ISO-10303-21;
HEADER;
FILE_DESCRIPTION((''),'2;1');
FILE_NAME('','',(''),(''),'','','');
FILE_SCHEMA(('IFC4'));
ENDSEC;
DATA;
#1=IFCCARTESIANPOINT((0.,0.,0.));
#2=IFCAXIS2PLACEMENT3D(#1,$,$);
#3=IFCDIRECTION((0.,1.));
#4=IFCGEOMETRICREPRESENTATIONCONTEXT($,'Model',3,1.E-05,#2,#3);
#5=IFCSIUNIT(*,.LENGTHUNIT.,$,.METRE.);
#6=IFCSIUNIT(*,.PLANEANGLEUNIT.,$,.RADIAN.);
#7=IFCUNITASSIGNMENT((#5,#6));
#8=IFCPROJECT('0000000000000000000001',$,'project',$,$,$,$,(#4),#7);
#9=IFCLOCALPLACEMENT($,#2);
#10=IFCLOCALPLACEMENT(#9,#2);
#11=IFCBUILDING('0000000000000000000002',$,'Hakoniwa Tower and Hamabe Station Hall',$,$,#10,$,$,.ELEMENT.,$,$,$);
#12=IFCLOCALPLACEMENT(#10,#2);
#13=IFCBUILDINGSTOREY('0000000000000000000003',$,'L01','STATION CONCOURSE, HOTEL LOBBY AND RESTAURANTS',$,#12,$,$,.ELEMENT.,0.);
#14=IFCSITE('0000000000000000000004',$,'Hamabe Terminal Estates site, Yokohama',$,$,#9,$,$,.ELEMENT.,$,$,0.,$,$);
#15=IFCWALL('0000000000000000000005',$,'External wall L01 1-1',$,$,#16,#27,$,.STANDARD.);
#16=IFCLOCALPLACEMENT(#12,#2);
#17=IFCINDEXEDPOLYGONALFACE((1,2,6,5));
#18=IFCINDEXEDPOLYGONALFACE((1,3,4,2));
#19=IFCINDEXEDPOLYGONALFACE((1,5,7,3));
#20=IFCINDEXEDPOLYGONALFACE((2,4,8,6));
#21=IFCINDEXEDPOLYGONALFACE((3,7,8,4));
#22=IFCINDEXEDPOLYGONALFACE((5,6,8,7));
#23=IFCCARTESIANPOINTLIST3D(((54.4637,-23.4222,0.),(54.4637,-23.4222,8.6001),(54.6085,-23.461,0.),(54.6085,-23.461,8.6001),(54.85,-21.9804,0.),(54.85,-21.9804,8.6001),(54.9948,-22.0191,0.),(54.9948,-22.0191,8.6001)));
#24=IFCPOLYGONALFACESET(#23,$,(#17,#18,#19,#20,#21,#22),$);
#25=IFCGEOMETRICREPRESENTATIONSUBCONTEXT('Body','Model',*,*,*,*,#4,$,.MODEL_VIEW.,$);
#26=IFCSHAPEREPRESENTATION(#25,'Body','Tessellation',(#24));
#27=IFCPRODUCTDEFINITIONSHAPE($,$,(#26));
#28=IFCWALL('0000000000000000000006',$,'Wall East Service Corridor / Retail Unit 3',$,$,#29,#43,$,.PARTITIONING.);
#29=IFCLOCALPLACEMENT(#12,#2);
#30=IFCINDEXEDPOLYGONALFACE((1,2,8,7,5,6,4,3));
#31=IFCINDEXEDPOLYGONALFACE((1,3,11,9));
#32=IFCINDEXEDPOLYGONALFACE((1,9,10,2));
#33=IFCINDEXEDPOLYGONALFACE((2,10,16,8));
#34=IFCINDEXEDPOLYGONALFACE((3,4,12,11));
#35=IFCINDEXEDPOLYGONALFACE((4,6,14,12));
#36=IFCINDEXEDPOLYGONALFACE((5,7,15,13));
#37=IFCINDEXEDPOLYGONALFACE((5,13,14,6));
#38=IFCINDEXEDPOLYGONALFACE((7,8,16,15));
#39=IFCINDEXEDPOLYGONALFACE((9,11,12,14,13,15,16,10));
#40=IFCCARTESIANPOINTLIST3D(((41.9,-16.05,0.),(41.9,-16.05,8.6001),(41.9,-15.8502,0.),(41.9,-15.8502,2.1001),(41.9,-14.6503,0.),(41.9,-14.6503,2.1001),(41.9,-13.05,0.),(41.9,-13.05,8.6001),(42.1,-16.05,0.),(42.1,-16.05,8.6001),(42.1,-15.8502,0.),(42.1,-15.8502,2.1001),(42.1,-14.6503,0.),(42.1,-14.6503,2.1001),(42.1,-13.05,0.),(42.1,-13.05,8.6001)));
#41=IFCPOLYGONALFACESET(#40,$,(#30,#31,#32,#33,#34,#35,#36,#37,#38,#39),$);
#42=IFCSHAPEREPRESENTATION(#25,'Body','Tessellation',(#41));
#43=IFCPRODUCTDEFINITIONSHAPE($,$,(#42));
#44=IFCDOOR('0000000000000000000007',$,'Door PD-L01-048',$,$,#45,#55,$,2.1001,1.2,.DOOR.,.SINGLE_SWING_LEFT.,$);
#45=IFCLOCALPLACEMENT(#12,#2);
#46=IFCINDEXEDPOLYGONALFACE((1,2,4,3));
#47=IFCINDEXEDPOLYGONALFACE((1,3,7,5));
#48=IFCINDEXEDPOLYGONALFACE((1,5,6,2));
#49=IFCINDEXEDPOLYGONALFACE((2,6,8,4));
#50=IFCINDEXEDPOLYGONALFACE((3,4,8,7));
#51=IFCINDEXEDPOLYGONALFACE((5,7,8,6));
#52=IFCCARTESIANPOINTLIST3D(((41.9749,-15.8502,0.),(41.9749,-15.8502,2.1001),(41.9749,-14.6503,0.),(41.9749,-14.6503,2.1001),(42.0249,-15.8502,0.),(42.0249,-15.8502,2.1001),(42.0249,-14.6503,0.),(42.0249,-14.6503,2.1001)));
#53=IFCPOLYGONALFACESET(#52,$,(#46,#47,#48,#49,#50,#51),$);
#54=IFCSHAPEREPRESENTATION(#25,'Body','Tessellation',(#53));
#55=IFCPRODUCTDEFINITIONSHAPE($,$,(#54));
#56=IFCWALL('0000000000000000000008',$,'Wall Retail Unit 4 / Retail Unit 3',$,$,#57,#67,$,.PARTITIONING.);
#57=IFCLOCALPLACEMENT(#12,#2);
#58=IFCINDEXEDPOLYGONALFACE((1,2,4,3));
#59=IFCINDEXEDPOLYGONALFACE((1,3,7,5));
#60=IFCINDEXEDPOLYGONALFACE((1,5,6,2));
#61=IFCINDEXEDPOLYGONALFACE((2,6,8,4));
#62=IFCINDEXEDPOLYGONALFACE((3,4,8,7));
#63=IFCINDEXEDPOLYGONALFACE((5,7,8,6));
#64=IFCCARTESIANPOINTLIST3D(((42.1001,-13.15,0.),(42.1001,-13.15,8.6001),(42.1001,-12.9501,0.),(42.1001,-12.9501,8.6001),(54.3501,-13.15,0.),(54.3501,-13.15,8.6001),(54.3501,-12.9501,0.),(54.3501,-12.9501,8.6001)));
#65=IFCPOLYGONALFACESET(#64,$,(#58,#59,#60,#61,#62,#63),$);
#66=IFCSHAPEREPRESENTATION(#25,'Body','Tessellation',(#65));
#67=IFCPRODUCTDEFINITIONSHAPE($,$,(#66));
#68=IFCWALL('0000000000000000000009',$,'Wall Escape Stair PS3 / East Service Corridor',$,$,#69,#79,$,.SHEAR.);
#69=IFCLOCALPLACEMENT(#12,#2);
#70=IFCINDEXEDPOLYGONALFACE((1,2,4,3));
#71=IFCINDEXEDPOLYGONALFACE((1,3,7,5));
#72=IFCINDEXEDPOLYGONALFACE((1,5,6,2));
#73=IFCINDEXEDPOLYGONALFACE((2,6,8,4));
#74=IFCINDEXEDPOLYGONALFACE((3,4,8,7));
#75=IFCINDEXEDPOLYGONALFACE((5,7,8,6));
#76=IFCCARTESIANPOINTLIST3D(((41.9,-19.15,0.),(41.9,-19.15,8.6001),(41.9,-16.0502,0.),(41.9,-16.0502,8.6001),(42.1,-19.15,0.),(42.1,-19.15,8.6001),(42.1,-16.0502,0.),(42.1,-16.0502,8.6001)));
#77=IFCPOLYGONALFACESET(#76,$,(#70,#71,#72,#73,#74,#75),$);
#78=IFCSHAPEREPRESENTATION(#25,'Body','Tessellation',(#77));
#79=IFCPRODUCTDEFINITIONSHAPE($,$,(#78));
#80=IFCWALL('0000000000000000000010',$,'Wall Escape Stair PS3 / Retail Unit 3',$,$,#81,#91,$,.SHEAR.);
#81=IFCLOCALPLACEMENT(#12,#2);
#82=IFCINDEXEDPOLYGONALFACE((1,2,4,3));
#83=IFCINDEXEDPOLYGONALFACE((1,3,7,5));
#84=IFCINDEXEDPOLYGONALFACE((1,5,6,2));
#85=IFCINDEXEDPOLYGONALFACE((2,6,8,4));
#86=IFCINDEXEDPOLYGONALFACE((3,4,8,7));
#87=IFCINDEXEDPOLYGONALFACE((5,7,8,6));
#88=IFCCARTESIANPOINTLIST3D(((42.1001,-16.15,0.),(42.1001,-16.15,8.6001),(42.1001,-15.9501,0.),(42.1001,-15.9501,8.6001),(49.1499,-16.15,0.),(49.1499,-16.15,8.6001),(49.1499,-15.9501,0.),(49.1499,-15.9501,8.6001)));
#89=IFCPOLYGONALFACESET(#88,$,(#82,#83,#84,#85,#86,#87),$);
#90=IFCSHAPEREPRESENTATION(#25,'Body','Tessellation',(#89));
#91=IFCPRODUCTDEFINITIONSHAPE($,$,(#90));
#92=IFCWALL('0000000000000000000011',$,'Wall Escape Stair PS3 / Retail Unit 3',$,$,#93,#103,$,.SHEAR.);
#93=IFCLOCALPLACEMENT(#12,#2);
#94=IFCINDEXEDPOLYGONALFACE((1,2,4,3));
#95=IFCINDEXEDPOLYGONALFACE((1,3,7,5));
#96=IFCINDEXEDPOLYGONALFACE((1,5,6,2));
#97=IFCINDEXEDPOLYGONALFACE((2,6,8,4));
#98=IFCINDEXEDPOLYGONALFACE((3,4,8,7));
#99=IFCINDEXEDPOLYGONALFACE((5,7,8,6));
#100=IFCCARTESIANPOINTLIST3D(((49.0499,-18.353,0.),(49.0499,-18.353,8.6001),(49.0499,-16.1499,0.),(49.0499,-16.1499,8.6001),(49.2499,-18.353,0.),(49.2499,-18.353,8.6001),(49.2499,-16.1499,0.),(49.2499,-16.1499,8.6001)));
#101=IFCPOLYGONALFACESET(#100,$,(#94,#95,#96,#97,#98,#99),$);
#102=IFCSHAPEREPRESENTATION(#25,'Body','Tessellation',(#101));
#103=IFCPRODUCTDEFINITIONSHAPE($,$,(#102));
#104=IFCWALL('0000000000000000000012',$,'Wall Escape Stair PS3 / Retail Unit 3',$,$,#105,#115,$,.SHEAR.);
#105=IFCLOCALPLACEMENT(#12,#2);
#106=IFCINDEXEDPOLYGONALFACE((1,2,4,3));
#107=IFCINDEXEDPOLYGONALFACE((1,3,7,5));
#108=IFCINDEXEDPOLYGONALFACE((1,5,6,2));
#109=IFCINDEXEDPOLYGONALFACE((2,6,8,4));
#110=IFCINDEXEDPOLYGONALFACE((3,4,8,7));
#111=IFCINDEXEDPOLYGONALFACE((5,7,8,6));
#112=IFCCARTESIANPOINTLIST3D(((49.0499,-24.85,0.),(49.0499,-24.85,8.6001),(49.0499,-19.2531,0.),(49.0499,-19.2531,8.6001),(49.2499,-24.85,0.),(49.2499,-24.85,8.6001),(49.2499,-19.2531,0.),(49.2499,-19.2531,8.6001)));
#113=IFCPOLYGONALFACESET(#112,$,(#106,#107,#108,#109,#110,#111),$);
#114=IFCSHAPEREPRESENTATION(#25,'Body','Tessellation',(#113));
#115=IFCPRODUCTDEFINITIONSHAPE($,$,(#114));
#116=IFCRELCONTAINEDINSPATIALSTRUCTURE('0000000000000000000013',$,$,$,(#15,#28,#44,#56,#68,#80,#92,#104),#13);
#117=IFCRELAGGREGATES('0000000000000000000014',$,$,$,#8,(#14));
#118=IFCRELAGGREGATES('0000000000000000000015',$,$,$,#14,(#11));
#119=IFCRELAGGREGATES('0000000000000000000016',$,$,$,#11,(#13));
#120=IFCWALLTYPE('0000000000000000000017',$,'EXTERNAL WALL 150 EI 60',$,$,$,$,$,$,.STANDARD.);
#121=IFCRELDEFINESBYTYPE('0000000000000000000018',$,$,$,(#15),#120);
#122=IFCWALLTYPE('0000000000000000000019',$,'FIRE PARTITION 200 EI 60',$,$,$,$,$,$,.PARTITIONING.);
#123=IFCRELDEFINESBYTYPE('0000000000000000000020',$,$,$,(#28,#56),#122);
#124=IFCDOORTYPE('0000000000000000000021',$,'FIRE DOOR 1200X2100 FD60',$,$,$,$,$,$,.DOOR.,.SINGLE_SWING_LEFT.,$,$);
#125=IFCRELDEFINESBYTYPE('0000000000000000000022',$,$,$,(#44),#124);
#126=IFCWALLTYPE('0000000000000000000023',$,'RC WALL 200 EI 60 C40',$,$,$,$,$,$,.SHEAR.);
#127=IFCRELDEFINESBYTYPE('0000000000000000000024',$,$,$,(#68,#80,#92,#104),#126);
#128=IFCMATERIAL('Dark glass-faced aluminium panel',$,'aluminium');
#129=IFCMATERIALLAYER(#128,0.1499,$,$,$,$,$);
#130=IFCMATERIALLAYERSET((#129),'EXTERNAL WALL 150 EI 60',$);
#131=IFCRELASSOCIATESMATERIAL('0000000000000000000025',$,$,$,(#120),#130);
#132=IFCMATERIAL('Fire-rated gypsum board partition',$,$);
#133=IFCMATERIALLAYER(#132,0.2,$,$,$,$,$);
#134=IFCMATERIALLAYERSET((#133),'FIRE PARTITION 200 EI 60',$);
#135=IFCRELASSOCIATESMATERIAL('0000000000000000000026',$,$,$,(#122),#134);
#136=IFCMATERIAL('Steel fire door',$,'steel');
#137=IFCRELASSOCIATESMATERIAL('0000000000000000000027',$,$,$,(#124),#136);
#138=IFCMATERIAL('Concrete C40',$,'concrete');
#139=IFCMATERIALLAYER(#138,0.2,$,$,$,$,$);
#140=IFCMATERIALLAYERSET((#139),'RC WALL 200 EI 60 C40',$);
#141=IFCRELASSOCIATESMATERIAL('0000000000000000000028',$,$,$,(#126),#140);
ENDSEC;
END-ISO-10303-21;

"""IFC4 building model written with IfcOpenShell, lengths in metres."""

from ifc_helpers import new_model, si_unit, direction, frame, frame_2d, origin, place, context, subcontext, project, spatial, rectangle, extrude, material, layer, layer_set, type_object, element, fill, save


model = new_model("IFC4")

# Units and contexts
model_context = context("Model", 3, precision=1e-05, world=origin(), true_north=direction((0.0, 1.0)))
body_context = subcontext(model_context, "Body", "Model", "MODEL_VIEW")
ifc_project = project(units=[si_unit("LENGTHUNIT", "METRE"), si_unit("PLANEANGLEUNIT", "RADIAN")], contexts=[model_context])

# Site, building, storey
site_placement = place(None, origin())
site = spatial("IfcSite", under=ifc_project, at=site_placement, Name="Hamabe Terminal Estates site, Yokohama", CompositionType="ELEMENT", RefElevation=0.0)
building_placement = place(site_placement, origin())
building = spatial("IfcBuilding", under=site, at=building_placement, Name="Hakoniwa Tower and Hamabe Station Hall", CompositionType="ELEMENT")
storey_placement = place(building_placement, origin())
storey = spatial("IfcBuildingStorey", under=building, at=storey_placement, Name="L01", Description="STATION CONCOURSE, HOTEL LOBBY AND RESTAURANTS", CompositionType="ELEMENT", Elevation=0.0)

# Wall
ifc_material_1 = material(Name="Dark glass-faced aluminium panel", Category="aluminium")
ifc_layer_1 = layer(ifc_material_1, 0.1499)
ifc_layer_set_1 = layer_set([ifc_layer_1], Name="EXTERNAL WALL 150 EI 60")
wall_type_1 = type_object("IfcWallType", Name="EXTERNAL WALL 150 EI 60", PredefinedType="STANDARD", material=ifc_layer_set_1)
wall_1_placement = place(storey_placement, frame((54.9224, -21.9998, 0.0), z_axis=(0.0, 0.0, 1.0), x_axis=(-0.258742, -0.965947, 0.0)))
element("IfcWall", 1, at=wall_1_placement, inside=storey, type_object=wall_type_1, Name="External wall L01 1-1", PredefinedType="STANDARD", context=body_context, shape_type="SweptSolid", body=[
    extrude(rectangle(XDim=1.4927, YDim=0.1499, at=frame_2d((0.7463, 0.0))), origin(), (0.0, 0.0, 1.0), 8.6001),
])

# Wall, opening, door
ifc_material_2 = material(Name="Fire-rated gypsum board partition")
ifc_layer_2 = layer(ifc_material_2, 0.2)
ifc_layer_set_2 = layer_set([ifc_layer_2], Name="FIRE PARTITION 200 EI 60")
wall_type_2 = type_object("IfcWallType", Name="FIRE PARTITION 200 EI 60", PredefinedType="PARTITIONING", material=ifc_layer_set_2)
wall_2_placement = place(storey_placement, frame((42.0, -13.05, 0.0), z_axis=(0.0, 0.0, 1.0), x_axis=(0.0, -1.0, 0.0)))
wall_2 = element("IfcWall", 2, at=wall_2_placement, inside=storey, type_object=wall_type_2, Name="Wall East Service Corridor / Retail Unit 3", PredefinedType="PARTITIONING", context=body_context, shape_type="SweptSolid", body=[
    extrude(rectangle(XDim=3.0, YDim=0.2, at=frame_2d((1.5, 0.0))), origin(), (0.0, 0.0, 1.0), 8.6001),
])
opening_placement = place(wall_2_placement, frame((1.6001, 0.0, 0.0)))
opening = element("IfcOpeningElement", 3, at=opening_placement, cuts=wall_2, PredefinedType="OPENING", context=body_context, shape_type="SweptSolid", body=[
    extrude(rectangle(XDim=1.2, YDim=2.1001, at=frame_2d((0.6001, 1.05))), frame((0.0, 0.1099, 0.0), z_axis=(0.0, -1.0, 0.0), x_axis=(1.0, 0.0, 0.0)), (0.0, 0.0, 1.0), 0.22),
])
ifc_material_3 = material(Name="Steel fire door", Category="steel")
door_type = type_object("IfcDoorType", Name="FIRE DOOR 1200X2100 FD60", OperationType="SINGLE_SWING_LEFT", PredefinedType="DOOR", material=ifc_material_3)
door_placement = place(opening_placement, origin())
door = element("IfcDoor", 4, at=door_placement, inside=storey, type_object=door_type, Name="Door PD-L01-048", OperationType="SINGLE_SWING_LEFT", OverallHeight=2.1001, OverallWidth=1.2, PredefinedType="DOOR", context=body_context, shape_type="SweptSolid", body=[
    extrude(rectangle(XDim=1.2, YDim=2.1001, at=frame_2d((0.6001, 1.05))), frame((0.0, 0.0249, 0.0), z_axis=(0.0, -1.0, 0.0), x_axis=(1.0, 0.0, 0.0)), (0.0, 0.0, 1.0), 0.05),
])
fill(opening, door)

# Walls
wall_3_placement = place(storey_placement, frame((54.3501, -13.05, 0.0), z_axis=(0.0, 0.0, 1.0), x_axis=(-1.0, 0.0, 0.0)))
element("IfcWall", 5, at=wall_3_placement, inside=storey, type_object=wall_type_2, Name="Wall Retail Unit 4 / Retail Unit 3", PredefinedType="PARTITIONING", context=body_context, shape_type="SweptSolid", body=[
    extrude(rectangle(XDim=12.25, YDim=0.2, at=frame_2d((6.125, 0.0))), origin(), (0.0, 0.0, 1.0), 8.6001),
])
ifc_material_4 = material(Name="Concrete C40", Category="concrete")
ifc_layer_3 = layer(ifc_material_4, 0.2)
ifc_layer_set_3 = layer_set([ifc_layer_3], Name="RC WALL 200 EI 60 C40")
wall_type_3 = type_object("IfcWallType", Name="RC WALL 200 EI 60 C40", PredefinedType="SHEAR", material=ifc_layer_set_3)
wall_4_placement = place(storey_placement, frame((42.0, -19.1499, 0.0), z_axis=(0.0, 0.0, 1.0), x_axis=(0.0, 1.0, 0.0)))
element("IfcWall", 6, at=wall_4_placement, inside=storey, type_object=wall_type_3, Name="Wall Escape Stair PS3 / East Service Corridor", PredefinedType="SHEAR", context=body_context, shape_type="SweptSolid", body=[
    extrude(rectangle(XDim=3.0999, YDim=0.2, at=frame_2d((1.5498, 0.0))), origin(), (0.0, 0.0, 1.0), 8.6001),
])
wall_5_placement = place(storey_placement, frame((42.1001, -16.05, 0.0), z_axis=(0.0, 0.0, 1.0), x_axis=(1.0, 0.0, 0.0)))
element("IfcWall", 7, at=wall_5_placement, inside=storey, type_object=wall_type_3, Name="Wall Escape Stair PS3 / Retail Unit 3", PredefinedType="SHEAR", context=body_context, shape_type="SweptSolid", body=[
    extrude(rectangle(XDim=7.0498, YDim=0.2, at=frame_2d((3.5249, 0.0))), origin(), (0.0, 0.0, 1.0), 8.6001),
])
wall_6_placement = place(storey_placement, frame((49.1499, -16.1499, 0.0), z_axis=(0.0, 0.0, 1.0), x_axis=(0.0, -1.0, 0.0)))
element("IfcWall", 8, at=wall_6_placement, inside=storey, type_object=wall_type_3, Name="Wall Escape Stair PS3 / Retail Unit 3", PredefinedType="SHEAR", context=body_context, shape_type="SweptSolid", body=[
    extrude(rectangle(XDim=2.2031, YDim=0.2, at=frame_2d((1.1016, 0.0))), origin(), (0.0, 0.0, 1.0), 8.6001),
])
wall_7_placement = place(storey_placement, frame((49.1499, -19.2532, 0.0), z_axis=(0.0, 0.0, 1.0), x_axis=(0.0, -1.0, 0.0)))
element("IfcWall", 9, at=wall_7_placement, inside=storey, type_object=wall_type_3, Name="Wall Escape Stair PS3 / Retail Unit 3", PredefinedType="SHEAR", context=body_context, shape_type="SweptSolid", body=[
    extrude(rectangle(XDim=5.5969, YDim=0.2, at=frame_2d((2.7983, 0.0))), origin(), (0.0, 0.0, 1.0), 8.6001),
])

save(model, "model.ifc")
